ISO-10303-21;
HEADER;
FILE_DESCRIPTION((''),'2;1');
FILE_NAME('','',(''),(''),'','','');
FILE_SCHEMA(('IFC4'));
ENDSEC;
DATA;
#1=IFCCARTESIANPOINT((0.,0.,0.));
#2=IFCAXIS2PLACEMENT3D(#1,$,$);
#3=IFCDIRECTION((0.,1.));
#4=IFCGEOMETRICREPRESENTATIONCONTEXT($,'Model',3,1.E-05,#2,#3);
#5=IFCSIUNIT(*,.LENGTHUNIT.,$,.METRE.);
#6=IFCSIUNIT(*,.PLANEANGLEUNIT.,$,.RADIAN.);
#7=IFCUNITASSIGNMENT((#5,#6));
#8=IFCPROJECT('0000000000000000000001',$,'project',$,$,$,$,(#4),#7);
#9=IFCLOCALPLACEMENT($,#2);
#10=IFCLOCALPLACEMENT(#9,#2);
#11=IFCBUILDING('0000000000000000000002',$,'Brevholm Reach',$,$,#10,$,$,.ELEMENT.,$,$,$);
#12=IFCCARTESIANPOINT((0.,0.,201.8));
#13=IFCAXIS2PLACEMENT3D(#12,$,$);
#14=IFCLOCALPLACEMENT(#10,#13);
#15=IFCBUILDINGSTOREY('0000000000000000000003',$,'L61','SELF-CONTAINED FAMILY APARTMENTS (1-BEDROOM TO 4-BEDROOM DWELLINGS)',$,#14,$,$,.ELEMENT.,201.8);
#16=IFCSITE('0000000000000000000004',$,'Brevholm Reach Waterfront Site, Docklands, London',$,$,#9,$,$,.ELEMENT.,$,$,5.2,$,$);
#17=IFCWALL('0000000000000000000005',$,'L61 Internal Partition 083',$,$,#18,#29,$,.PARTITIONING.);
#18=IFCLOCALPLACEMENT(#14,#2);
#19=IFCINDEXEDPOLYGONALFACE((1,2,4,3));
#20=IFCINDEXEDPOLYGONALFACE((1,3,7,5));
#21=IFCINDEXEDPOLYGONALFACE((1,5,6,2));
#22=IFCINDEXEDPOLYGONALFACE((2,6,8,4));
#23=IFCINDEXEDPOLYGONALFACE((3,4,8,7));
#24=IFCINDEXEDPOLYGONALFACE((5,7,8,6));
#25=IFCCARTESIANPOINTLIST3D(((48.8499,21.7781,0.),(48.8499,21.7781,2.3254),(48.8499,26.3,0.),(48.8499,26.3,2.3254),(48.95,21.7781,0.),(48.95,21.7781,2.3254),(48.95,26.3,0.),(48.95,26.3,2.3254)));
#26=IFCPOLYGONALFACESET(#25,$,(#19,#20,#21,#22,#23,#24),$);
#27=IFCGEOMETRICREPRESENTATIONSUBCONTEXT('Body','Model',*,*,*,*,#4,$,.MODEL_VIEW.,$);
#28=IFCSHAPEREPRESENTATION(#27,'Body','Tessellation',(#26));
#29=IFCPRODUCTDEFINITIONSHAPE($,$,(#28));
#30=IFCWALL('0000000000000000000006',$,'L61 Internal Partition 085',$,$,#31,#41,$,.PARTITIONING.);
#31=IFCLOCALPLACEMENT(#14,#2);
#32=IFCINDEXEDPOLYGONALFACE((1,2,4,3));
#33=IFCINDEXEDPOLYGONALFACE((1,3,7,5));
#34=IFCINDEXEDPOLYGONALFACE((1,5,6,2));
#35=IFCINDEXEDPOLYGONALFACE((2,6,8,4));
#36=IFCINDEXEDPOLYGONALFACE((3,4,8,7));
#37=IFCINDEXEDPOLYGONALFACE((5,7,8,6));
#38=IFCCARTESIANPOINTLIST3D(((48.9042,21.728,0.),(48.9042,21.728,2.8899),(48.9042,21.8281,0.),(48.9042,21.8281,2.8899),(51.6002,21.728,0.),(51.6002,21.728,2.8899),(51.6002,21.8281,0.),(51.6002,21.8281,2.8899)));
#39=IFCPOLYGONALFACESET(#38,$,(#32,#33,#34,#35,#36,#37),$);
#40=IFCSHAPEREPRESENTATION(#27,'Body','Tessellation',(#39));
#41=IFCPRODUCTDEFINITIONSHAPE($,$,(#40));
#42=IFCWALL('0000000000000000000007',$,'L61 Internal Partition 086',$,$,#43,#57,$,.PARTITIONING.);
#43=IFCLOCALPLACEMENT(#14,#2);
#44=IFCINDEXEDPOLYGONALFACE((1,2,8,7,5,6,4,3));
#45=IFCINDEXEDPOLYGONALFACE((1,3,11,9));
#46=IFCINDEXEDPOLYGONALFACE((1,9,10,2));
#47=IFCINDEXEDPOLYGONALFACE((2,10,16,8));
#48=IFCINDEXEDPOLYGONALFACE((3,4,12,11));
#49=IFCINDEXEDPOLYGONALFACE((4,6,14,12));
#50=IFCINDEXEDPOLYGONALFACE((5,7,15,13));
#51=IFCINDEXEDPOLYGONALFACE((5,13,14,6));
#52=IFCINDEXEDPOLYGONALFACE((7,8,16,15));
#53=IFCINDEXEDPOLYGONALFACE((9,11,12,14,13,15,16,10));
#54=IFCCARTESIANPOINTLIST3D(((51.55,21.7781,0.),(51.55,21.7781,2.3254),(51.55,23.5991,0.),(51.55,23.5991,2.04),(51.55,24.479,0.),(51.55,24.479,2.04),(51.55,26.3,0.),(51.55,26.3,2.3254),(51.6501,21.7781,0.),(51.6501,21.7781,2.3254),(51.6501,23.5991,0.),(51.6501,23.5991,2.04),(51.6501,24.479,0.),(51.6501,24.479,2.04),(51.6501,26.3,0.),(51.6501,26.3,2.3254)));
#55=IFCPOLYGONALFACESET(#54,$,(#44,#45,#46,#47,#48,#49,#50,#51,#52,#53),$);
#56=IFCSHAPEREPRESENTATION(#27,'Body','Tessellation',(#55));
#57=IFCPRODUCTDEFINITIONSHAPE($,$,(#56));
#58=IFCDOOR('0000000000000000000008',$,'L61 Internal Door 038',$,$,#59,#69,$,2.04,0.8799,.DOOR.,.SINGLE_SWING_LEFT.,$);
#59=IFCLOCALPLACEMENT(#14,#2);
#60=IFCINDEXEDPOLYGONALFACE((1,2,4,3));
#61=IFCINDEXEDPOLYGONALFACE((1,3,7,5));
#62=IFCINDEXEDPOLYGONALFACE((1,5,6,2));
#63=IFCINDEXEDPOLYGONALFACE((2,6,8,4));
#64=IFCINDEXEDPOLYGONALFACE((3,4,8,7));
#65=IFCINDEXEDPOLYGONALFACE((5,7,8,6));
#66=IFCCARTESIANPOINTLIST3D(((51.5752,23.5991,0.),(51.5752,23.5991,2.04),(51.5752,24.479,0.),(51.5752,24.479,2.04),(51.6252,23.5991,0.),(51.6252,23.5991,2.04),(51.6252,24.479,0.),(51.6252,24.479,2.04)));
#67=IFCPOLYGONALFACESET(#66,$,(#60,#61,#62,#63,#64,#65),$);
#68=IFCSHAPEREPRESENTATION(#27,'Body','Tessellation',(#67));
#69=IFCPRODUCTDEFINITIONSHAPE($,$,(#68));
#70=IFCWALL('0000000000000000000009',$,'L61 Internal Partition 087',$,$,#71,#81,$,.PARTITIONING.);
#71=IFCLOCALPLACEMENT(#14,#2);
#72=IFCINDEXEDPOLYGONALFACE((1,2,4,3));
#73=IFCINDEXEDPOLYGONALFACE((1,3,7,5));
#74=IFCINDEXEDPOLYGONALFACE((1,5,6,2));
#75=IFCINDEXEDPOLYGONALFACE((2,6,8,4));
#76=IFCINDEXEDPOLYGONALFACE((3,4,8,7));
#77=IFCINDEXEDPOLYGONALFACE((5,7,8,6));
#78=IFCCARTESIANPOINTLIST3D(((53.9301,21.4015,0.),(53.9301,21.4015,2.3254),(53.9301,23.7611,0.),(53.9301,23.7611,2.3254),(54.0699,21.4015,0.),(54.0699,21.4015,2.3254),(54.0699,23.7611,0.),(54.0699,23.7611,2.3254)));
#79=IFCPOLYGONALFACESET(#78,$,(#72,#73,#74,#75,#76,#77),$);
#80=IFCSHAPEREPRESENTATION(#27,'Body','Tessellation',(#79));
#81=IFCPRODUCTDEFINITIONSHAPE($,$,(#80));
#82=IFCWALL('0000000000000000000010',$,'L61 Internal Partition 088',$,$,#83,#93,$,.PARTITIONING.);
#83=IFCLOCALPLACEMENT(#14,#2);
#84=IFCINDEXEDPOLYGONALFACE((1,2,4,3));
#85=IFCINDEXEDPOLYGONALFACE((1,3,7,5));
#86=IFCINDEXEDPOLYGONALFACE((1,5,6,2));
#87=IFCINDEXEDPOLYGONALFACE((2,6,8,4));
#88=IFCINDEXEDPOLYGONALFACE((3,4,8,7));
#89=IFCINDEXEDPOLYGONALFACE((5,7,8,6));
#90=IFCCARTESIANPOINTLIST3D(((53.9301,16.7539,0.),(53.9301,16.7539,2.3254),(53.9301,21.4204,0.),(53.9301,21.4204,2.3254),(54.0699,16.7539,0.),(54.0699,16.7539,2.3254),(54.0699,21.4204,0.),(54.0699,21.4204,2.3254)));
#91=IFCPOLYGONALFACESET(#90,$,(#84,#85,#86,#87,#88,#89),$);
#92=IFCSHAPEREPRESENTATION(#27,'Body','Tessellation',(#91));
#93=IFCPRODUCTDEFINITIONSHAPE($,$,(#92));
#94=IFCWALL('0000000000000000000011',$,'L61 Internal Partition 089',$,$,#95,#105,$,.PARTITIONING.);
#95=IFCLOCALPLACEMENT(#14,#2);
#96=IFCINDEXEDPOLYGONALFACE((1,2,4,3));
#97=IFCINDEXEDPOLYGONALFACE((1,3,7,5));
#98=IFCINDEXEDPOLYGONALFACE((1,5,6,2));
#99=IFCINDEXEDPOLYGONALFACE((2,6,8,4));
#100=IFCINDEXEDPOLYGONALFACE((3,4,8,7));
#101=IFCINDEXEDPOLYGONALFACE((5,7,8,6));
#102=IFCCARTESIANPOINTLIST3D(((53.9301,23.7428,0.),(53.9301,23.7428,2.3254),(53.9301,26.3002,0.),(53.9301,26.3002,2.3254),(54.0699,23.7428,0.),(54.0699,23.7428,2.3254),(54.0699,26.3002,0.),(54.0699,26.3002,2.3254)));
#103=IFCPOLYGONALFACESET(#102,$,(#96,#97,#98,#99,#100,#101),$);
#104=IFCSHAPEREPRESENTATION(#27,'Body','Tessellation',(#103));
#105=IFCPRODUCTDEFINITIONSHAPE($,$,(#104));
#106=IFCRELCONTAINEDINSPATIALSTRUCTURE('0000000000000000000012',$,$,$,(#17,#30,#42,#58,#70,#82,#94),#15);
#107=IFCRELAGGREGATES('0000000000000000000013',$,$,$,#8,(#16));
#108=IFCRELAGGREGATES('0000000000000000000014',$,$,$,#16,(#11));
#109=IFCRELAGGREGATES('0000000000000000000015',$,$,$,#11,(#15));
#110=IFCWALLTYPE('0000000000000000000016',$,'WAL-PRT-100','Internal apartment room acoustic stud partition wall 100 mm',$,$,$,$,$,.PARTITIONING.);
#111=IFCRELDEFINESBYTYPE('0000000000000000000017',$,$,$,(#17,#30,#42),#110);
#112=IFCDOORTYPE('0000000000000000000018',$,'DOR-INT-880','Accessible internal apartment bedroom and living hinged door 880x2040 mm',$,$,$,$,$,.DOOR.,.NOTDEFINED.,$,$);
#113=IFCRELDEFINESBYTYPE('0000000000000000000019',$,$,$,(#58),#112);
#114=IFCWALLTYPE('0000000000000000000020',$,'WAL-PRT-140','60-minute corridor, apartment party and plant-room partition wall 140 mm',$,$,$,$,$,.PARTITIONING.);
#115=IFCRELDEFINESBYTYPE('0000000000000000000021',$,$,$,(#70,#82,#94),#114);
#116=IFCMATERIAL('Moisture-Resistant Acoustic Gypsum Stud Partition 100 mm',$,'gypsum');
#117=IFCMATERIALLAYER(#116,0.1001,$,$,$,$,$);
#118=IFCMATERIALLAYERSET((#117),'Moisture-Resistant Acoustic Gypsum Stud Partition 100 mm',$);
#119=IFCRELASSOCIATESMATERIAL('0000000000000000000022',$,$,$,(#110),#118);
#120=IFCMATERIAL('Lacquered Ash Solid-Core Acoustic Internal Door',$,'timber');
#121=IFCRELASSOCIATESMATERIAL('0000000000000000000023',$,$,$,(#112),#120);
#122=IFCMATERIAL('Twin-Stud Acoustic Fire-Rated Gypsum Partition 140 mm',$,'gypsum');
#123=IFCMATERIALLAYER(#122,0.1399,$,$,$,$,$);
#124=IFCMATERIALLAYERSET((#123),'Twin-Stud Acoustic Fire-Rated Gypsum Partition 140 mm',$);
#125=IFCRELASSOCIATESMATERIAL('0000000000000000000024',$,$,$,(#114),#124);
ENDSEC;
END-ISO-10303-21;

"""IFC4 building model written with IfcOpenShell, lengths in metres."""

from ifc_helpers import new_model, si_unit, direction, frame, frame_2d, origin, place, context, subcontext, project, spatial, rectangle, extrude, material, layer, layer_set, type_object, element, fill, save


model = new_model("IFC4")

# Units and contexts
model_context = context("Model", 3, precision=1e-05, world=origin(), true_north=direction((0.0, 1.0)))
body_context = subcontext(model_context, "Body", "Model", "MODEL_VIEW")
ifc_project = project(units=[si_unit("LENGTHUNIT", "METRE"), si_unit("PLANEANGLEUNIT", "RADIAN")], contexts=[model_context])

# Site, building, storey
site_placement = place(None, origin())
site = spatial("IfcSite", under=ifc_project, at=site_placement, Name="Brevholm Reach Waterfront Site, Docklands, London", CompositionType="ELEMENT", RefElevation=5.2)
building_placement = place(site_placement, origin())
building = spatial("IfcBuilding", under=site, at=building_placement, Name="Brevholm Reach", CompositionType="ELEMENT")
storey_placement = place(building_placement, frame((0.0, 0.0, 201.8)))
storey = spatial("IfcBuildingStorey", under=building, at=storey_placement, Name="L61", Description="SELF-CONTAINED FAMILY APARTMENTS (1-BEDROOM TO 4-BEDROOM DWELLINGS)", CompositionType="ELEMENT", Elevation=201.8)

# Shared definitions
ifc_material_1 = material(Name="Moisture-Resistant Acoustic Gypsum Stud Partition 100 mm", Category="gypsum")
ifc_layer_1 = layer(ifc_material_1, 0.1001)
ifc_layer_set_1 = layer_set([ifc_layer_1], Name="Moisture-Resistant Acoustic Gypsum Stud Partition 100 mm")
wall_type_1 = type_object("IfcWallType", Name="WAL-PRT-100", Description="Internal apartment room acoustic stud partition wall 100 mm", PredefinedType="PARTITIONING", material=ifc_layer_set_1)

# Walls
wall_1_placement = place(storey_placement, frame((48.8999, 21.7781, 0.0), z_axis=(0.0, 0.0, 1.0), x_axis=(0.0, 1.0, 0.0)))
element("IfcWall", 1, at=wall_1_placement, inside=storey, type_object=wall_type_1, Name="L61 Internal Partition 083", PredefinedType="PARTITIONING", context=body_context, shape_type="SweptSolid", body=[
    extrude(rectangle(XDim=4.522, YDim=0.1001, at=frame_2d((2.261, 0.0))), origin(), (0.0, 0.0, 1.0), 2.3254),
])
wall_2_placement = place(storey_placement, frame((48.9041, 21.7781, 0.0), z_axis=(0.0, 0.0, 1.0), x_axis=(1.0, 0.0, 0.0)))
element("IfcWall", 2, at=wall_2_placement, inside=storey, type_object=wall_type_1, Name="L61 Internal Partition 085", PredefinedType="PARTITIONING", context=body_context, shape_type="SweptSolid", body=[
    extrude(rectangle(XDim=2.696, YDim=0.1001, at=frame_2d((1.3481, 0.0))), origin(), (0.0, 0.0, 1.0), 2.8899),
])

# Wall, opening, door
wall_3_placement = place(storey_placement, frame((51.6001, 21.7781, 0.0), z_axis=(0.0, 0.0, 1.0), x_axis=(0.0, 1.0, 0.0)))
wall_3 = element("IfcWall", 3, at=wall_3_placement, inside=storey, type_object=wall_type_1, Name="L61 Internal Partition 086", PredefinedType="PARTITIONING", context=body_context, shape_type="SweptSolid", body=[
    extrude(rectangle(XDim=4.522, YDim=0.1001, at=frame_2d((2.261, 0.0))), origin(), (0.0, 0.0, 1.0), 2.3254),
])
opening_1_placement = place(wall_3_placement, frame((1.821, 0.0, 0.0)))
opening_1 = element("IfcOpeningElement", 4, at=opening_1_placement, cuts=wall_3, PredefinedType="OPENING", context=body_context, shape_type="SweptSolid", body=[
    extrude(rectangle(XDim=0.8799, YDim=2.04, at=frame_2d((0.4399, 1.02))), frame((0.0, 0.0601, 0.0), z_axis=(0.0, -1.0, 0.0), x_axis=(1.0, 0.0, 0.0)), (0.0, 0.0, 1.0), 0.1201),
])
ifc_material_2 = material(Name="Lacquered Ash Solid-Core Acoustic Internal Door", Category="timber")
door_type_1 = type_object("IfcDoorType", Name="DOR-INT-880", Description="Accessible internal apartment bedroom and living hinged door 880x2040 mm", OperationType="NOTDEFINED", PredefinedType="DOOR", material=ifc_material_2)
door_1_placement = place(opening_1_placement, origin())
door_1 = element("IfcDoor", 5, at=door_1_placement, inside=storey, type_object=door_type_1, Name="L61 Internal Door 038", OperationType="SINGLE_SWING_LEFT", OverallHeight=2.04, OverallWidth=0.8799, PredefinedType="DOOR", context=body_context, shape_type="SweptSolid", body=[
    extrude(rectangle(XDim=0.8799, YDim=2.04, at=frame_2d((0.4399, 1.02))), frame((0.0, 0.0249, 0.0), z_axis=(0.0, -1.0, 0.0), x_axis=(1.0, 0.0, 0.0)), (0.0, 0.0, 1.0), 0.05),
])
fill(opening_1, door_1)

# Walls
ifc_material_3 = material(Name="Twin-Stud Acoustic Fire-Rated Gypsum Partition 140 mm", Category="gypsum")
ifc_layer_2 = layer(ifc_material_3, 0.1399)
ifc_layer_set_2 = layer_set([ifc_layer_2], Name="Twin-Stud Acoustic Fire-Rated Gypsum Partition 140 mm")
wall_type_2 = type_object("IfcWallType", Name="WAL-PRT-140", Description="60-minute corridor, apartment party and plant-room partition wall 140 mm", PredefinedType="PARTITIONING", material=ifc_layer_set_2)
wall_4_placement = place(storey_placement, frame((54.0, 21.4016, 0.0), z_axis=(0.0, 0.0, 1.0), x_axis=(0.0, 1.0, 0.0)))
element("IfcWall", 6, at=wall_4_placement, inside=storey, type_object=wall_type_2, Name="L61 Internal Partition 087", PredefinedType="PARTITIONING", context=body_context, shape_type="SweptSolid", body=[
    extrude(rectangle(XDim=2.3596, YDim=0.1399, at=frame_2d((1.1797, 0.0))), origin(), (0.0, 0.0, 1.0), 2.3254),
])
wall_5_placement = place(storey_placement, frame((54.0, 16.7539, 0.0), z_axis=(0.0, 0.0, 1.0), x_axis=(0.0, 1.0, 0.0)))
element("IfcWall", 7, at=wall_5_placement, inside=storey, type_object=wall_type_2, Name="L61 Internal Partition 088", PredefinedType="PARTITIONING", context=body_context, shape_type="SweptSolid", body=[
    extrude(rectangle(XDim=4.6665, YDim=0.1399, at=frame_2d((2.3333, 0.0))), origin(), (0.0, 0.0, 1.0), 2.3254),
])
wall_6_placement = place(storey_placement, frame((54.0, 23.7427, 0.0), z_axis=(0.0, 0.0, 1.0), x_axis=(0.0, 1.0, 0.0)))
element("IfcWall", 8, at=wall_6_placement, inside=storey, type_object=wall_type_2, Name="L61 Internal Partition 089", PredefinedType="PARTITIONING", context=body_context, shape_type="SweptSolid", body=[
    extrude(rectangle(XDim=2.5574, YDim=0.1399, at=frame_2d((1.2788, 0.0))), origin(), (0.0, 0.0, 1.0), 2.3254),
])

save(model, "model.ifc")
